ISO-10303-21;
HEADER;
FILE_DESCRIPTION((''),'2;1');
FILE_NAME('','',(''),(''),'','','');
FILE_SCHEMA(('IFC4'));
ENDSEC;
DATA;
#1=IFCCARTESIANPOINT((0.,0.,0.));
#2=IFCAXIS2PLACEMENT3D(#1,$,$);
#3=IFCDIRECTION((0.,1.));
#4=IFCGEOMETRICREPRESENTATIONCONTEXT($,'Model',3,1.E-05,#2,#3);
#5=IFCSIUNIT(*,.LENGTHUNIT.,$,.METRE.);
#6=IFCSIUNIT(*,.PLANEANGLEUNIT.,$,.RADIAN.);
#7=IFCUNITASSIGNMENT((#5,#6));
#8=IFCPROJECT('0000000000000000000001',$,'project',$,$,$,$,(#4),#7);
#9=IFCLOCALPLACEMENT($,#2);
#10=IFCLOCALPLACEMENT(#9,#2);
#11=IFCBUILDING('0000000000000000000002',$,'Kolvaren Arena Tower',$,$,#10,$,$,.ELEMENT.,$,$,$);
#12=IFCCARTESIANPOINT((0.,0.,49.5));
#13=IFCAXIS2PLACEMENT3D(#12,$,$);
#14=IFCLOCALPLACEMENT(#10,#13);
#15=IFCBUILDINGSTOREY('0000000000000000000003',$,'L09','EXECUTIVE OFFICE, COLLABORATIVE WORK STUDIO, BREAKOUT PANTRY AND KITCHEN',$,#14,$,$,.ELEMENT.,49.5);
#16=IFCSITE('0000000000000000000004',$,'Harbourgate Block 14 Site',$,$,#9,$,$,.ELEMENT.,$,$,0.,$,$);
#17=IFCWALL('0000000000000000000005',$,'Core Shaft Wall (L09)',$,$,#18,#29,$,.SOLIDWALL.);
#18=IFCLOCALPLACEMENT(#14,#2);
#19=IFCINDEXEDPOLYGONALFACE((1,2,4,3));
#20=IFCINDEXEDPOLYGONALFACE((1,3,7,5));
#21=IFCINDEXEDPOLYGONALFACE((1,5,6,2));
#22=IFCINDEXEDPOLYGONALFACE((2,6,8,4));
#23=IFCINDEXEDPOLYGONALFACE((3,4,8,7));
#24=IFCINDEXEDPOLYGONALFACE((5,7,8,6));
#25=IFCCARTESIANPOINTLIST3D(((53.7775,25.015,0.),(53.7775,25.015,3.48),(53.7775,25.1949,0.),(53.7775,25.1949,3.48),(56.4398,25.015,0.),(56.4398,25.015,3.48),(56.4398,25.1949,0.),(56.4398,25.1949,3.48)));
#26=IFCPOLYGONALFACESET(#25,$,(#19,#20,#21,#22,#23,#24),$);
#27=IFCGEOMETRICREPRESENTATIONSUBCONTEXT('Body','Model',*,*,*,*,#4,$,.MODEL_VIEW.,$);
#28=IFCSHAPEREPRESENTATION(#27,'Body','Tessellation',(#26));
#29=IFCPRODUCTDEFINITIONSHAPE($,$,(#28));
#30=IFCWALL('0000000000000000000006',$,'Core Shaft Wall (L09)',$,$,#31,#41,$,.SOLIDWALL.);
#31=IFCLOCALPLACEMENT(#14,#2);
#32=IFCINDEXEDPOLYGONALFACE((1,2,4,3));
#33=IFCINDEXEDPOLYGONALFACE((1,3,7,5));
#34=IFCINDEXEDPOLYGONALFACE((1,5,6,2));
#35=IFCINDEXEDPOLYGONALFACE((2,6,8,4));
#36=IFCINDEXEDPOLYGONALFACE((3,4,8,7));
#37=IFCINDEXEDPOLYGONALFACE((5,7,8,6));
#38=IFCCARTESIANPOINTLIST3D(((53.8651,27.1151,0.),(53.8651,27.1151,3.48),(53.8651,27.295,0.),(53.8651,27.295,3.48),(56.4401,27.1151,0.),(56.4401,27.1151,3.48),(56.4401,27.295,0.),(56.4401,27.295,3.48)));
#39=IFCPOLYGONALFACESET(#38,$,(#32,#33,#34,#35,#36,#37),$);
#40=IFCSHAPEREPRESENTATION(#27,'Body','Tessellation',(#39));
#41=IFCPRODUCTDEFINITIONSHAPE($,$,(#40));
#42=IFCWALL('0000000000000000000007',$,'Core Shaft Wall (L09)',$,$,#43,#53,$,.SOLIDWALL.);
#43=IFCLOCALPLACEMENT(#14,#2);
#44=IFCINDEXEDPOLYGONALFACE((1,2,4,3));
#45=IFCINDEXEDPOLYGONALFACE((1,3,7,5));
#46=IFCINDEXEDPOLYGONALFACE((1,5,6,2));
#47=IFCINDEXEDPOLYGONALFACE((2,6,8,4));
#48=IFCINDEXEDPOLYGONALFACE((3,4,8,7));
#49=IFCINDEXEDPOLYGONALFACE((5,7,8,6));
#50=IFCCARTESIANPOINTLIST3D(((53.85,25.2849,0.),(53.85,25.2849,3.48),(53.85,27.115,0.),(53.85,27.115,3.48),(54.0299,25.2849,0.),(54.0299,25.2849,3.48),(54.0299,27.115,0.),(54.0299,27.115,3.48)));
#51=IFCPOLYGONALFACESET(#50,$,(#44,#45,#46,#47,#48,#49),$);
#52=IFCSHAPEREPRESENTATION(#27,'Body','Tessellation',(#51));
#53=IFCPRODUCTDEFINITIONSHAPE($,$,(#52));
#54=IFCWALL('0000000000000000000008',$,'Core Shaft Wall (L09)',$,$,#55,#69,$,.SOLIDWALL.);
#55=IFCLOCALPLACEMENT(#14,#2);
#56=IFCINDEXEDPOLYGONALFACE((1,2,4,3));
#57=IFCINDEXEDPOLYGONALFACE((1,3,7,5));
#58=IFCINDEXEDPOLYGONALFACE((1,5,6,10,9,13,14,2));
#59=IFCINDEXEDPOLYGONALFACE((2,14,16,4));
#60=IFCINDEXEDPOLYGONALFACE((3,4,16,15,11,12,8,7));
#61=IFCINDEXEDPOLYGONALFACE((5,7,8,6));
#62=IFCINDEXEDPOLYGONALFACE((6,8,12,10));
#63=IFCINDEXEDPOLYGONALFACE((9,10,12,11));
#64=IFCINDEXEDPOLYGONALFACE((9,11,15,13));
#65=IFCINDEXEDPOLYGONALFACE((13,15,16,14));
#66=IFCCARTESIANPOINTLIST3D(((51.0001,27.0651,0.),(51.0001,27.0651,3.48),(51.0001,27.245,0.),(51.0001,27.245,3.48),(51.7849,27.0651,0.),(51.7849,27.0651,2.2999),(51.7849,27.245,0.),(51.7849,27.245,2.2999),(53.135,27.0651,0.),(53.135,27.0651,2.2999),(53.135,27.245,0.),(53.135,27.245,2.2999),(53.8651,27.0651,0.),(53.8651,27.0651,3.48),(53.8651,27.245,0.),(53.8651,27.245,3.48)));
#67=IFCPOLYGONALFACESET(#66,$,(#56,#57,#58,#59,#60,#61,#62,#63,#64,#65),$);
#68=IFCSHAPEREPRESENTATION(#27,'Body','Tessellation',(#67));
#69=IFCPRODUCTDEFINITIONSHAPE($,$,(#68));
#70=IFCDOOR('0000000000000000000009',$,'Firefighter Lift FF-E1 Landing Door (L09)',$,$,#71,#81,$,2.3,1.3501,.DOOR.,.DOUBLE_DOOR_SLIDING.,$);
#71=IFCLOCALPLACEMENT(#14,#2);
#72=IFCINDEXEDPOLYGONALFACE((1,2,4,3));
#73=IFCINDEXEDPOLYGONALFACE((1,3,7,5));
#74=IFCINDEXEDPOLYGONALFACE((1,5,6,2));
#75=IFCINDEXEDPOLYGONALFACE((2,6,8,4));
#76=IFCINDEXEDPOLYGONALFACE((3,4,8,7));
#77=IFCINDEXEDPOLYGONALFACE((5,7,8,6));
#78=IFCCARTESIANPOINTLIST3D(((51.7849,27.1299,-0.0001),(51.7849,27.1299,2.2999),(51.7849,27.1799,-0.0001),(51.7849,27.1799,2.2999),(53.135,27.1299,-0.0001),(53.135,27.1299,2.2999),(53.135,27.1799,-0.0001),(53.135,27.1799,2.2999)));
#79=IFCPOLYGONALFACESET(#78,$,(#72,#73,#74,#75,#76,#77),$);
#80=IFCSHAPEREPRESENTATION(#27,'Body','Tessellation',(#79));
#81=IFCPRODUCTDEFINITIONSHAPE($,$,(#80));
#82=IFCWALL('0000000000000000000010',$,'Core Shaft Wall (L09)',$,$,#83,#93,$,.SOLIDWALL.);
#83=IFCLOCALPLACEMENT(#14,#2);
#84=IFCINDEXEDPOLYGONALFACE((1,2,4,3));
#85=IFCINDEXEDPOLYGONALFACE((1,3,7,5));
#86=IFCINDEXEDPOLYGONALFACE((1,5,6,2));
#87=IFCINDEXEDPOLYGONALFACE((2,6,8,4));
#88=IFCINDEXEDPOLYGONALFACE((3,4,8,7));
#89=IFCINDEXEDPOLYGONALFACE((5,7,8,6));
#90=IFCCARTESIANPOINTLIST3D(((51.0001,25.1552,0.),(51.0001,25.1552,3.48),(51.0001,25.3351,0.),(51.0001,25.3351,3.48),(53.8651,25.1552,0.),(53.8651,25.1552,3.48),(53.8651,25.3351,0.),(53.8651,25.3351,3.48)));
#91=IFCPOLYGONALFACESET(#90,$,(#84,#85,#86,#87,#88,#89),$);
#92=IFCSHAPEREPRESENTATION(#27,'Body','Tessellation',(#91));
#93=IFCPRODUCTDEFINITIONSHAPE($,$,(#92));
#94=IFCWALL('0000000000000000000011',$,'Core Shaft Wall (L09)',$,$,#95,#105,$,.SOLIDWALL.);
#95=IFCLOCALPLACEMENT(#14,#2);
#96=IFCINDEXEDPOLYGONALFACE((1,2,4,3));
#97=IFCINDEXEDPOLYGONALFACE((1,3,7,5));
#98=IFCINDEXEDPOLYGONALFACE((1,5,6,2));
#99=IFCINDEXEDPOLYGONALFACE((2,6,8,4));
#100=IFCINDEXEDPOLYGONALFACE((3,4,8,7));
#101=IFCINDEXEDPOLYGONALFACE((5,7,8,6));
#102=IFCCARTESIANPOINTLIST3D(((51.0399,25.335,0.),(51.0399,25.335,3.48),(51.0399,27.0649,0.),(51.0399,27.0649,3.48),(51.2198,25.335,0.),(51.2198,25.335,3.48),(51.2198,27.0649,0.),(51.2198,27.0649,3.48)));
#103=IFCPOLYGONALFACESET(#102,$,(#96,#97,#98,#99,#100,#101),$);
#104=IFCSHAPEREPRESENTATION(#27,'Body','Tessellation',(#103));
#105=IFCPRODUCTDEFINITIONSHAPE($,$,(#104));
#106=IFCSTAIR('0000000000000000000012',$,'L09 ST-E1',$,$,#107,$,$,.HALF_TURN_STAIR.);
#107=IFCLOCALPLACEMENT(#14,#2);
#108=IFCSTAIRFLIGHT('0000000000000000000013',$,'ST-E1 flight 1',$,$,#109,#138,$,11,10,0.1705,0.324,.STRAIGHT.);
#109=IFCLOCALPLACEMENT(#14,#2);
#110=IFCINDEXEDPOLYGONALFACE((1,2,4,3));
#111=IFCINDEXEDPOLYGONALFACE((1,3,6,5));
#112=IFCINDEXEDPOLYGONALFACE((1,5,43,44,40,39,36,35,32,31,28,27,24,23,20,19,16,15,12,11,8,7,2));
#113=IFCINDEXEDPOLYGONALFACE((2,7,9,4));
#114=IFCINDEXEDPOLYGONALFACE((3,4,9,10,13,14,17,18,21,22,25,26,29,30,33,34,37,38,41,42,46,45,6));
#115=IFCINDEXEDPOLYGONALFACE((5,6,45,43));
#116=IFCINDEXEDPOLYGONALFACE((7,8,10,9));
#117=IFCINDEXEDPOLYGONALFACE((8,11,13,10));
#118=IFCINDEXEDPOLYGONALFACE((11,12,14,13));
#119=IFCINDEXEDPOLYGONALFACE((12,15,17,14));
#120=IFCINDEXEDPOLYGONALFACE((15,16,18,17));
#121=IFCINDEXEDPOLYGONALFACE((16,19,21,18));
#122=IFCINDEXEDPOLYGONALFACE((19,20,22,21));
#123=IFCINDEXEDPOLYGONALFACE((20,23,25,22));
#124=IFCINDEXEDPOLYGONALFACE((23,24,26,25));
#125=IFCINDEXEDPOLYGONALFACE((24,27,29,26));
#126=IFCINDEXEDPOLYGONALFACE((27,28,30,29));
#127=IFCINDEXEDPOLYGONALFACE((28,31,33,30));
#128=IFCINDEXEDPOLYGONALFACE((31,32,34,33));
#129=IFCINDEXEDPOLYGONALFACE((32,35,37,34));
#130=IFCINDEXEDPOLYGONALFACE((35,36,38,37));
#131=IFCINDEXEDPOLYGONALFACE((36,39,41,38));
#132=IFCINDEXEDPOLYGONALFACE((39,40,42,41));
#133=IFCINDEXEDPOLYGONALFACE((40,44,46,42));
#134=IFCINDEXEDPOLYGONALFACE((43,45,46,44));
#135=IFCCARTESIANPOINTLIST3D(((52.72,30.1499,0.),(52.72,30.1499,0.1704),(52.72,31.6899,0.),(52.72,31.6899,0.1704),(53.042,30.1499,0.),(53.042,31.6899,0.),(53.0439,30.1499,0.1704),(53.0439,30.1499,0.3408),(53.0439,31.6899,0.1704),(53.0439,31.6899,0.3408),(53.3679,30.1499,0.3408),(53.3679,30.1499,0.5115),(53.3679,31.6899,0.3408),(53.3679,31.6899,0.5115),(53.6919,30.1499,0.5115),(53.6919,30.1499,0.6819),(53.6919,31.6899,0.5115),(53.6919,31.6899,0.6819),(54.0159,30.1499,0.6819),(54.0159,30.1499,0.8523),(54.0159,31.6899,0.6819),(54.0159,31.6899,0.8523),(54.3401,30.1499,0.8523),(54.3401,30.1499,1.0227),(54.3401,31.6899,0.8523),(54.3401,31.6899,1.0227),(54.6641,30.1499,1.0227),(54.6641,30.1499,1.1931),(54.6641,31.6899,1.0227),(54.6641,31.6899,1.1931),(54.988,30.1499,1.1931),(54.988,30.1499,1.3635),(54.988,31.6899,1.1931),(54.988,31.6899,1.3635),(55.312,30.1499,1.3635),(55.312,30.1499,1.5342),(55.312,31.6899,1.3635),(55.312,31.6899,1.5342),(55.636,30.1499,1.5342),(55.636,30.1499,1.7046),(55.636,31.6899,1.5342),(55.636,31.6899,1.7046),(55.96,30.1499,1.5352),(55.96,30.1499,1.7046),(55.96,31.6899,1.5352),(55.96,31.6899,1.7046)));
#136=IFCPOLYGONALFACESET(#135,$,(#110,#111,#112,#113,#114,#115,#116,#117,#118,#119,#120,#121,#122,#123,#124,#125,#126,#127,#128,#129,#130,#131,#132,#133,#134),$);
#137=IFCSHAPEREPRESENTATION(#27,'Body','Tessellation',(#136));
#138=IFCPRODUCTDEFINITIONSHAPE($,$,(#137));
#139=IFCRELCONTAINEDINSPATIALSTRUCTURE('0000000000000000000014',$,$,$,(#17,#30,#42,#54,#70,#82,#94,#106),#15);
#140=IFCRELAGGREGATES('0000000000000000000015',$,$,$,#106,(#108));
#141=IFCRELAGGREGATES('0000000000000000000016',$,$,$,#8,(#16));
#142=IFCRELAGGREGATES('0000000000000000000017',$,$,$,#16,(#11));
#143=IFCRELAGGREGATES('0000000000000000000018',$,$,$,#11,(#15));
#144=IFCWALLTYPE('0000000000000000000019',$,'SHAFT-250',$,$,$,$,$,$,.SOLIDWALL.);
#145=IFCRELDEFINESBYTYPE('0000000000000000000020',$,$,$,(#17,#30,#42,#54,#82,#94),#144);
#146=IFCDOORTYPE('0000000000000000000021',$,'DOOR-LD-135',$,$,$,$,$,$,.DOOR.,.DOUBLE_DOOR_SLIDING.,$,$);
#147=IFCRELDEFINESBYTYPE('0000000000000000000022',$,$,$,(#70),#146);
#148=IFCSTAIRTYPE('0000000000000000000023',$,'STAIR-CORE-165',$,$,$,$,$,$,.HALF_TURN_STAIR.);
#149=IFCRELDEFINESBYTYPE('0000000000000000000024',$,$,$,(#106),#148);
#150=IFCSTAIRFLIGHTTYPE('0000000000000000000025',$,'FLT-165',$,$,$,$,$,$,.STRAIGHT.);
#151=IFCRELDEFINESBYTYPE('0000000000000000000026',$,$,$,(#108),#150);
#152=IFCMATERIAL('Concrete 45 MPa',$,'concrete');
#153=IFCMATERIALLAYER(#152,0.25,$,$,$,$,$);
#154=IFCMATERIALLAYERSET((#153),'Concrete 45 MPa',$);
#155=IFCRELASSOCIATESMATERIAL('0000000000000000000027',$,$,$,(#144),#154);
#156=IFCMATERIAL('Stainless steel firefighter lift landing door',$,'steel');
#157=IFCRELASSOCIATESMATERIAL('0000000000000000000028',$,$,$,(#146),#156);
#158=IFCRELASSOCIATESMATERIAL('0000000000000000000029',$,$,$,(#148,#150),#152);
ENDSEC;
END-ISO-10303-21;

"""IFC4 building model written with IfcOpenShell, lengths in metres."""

from ifc_helpers import new_model, si_unit, direction, frame, frame_2d, origin, place, context, subcontext, project, spatial, polyline, rectangle, outline, extrude, material, layer, layer_set, type_object, element, fill, aggregate, save


model = new_model("IFC4")

# Units and contexts
model_context = context("Model", 3, precision=1e-05, world=origin(), true_north=direction((0.0, 1.0)))
body_context = subcontext(model_context, "Body", "Model", "MODEL_VIEW")
ifc_project = project(units=[si_unit("LENGTHUNIT", "METRE"), si_unit("PLANEANGLEUNIT", "RADIAN")], contexts=[model_context])

# Site, building, storey
site_placement = place(None, origin())
site = spatial("IfcSite", under=ifc_project, at=site_placement, Name="Harbourgate Block 14 Site", CompositionType="ELEMENT", RefElevation=0.0)
building_placement = place(site_placement, origin())
building = spatial("IfcBuilding", under=site, at=building_placement, Name="Kolvaren Arena Tower", CompositionType="ELEMENT")
storey_placement = place(building_placement, frame((0.0, 0.0, 49.5)))
storey = spatial("IfcBuildingStorey", under=building, at=storey_placement, Name="L09", Description="EXECUTIVE OFFICE, COLLABORATIVE WORK STUDIO, BREAKOUT PANTRY AND KITCHEN", CompositionType="ELEMENT", Elevation=49.5)

# Walls
ifc_material_1 = material(Name="Concrete 45 MPa", Category="concrete")
ifc_layer = layer(ifc_material_1, 0.25)
ifc_layer_set = layer_set([ifc_layer], Name="Concrete 45 MPa")
wall_type = type_object("IfcWallType", Name="SHAFT-250", PredefinedType="SOLIDWALL", material=ifc_layer_set)
wall_1_placement = place(storey_placement, frame((53.7776, 25.105, 0.0), z_axis=(0.0, 0.0, 1.0), x_axis=(1.0, 0.0, 0.0)))
element("IfcWall", 1, at=wall_1_placement, inside=storey, type_object=wall_type, Name="Core Shaft Wall (L09)", PredefinedType="SOLIDWALL", context=body_context, shape_type="SweptSolid", body=[
    extrude(rectangle(XDim=2.6624, YDim=0.1799, at=frame_2d((1.3311, 0.0))), origin(), (0.0, 0.0, 1.0), 3.48),
])
wall_2_placement = place(storey_placement, frame((53.865, 27.2051, 0.0), z_axis=(0.0, 0.0, 1.0), x_axis=(1.0, 0.0, 0.0)))
element("IfcWall", 2, at=wall_2_placement, inside=storey, type_object=wall_type, Name="Core Shaft Wall (L09)", PredefinedType="SOLIDWALL", context=body_context, shape_type="SweptSolid", body=[
    extrude(rectangle(XDim=2.575, YDim=0.1799, at=frame_2d((1.2876, 0.0))), origin(), (0.0, 0.0, 1.0), 3.48),
])
wall_3_placement = place(storey_placement, frame((53.9399, 25.2849, 0.0), z_axis=(0.0, 0.0, 1.0), x_axis=(0.0, 1.0, 0.0)))
element("IfcWall", 3, at=wall_3_placement, inside=storey, type_object=wall_type, Name="Core Shaft Wall (L09)", PredefinedType="SOLIDWALL", context=body_context, shape_type="SweptSolid", body=[
    extrude(rectangle(XDim=1.8301, YDim=0.1799, at=frame_2d((0.915, 0.0))), origin(), (0.0, 0.0, 1.0), 3.48),
])

# Wall, opening, door
wall_4_placement = place(storey_placement, frame((51.0, 27.155, 0.0), z_axis=(0.0, 0.0, 1.0), x_axis=(1.0, 0.0, 0.0)))
wall_4 = element("IfcWall", 4, at=wall_4_placement, inside=storey, type_object=wall_type, Name="Core Shaft Wall (L09)", PredefinedType="SOLIDWALL", context=body_context, shape_type="SweptSolid", body=[
    extrude(rectangle(XDim=2.865, YDim=0.1799, at=frame_2d((1.4326, 0.0))), origin(), (0.0, 0.0, 1.0), 3.48),
])
opening_placement = place(wall_4_placement, frame((0.7849, 0.0, 0.0)))
opening = element("IfcOpeningElement", 5, at=opening_placement, cuts=wall_4, PredefinedType="OPENING", context=body_context, shape_type="SweptSolid", body=[
    extrude(rectangle(XDim=1.3501, YDim=2.3, at=frame_2d((0.675, 1.1499))), frame((0.0, 0.0999, 0.0), z_axis=(0.0, -1.0, 0.0), x_axis=(1.0, 0.0, 0.0)), (0.0, 0.0, 1.0), 0.2),
])
ifc_material_2 = material(Name="Stainless steel firefighter lift landing door", Category="steel")
door_type = type_object("IfcDoorType", Name="DOOR-LD-135", OperationType="DOUBLE_DOOR_SLIDING", PredefinedType="DOOR", material=ifc_material_2)
door_placement = place(opening_placement, origin())
door = element("IfcDoor", 6, at=door_placement, inside=storey, type_object=door_type, Name="Firefighter Lift FF-E1 Landing Door (L09)", OperationType="DOUBLE_DOOR_SLIDING", OverallHeight=2.3, OverallWidth=1.3501, PredefinedType="DOOR", context=body_context, shape_type="SweptSolid", body=[
    extrude(rectangle(XDim=1.3501, YDim=2.3, at=frame_2d((0.675, 1.1499))), frame((0.0, 0.0249, 0.0), z_axis=(0.0, -1.0, 0.0), x_axis=(1.0, 0.0, 0.0)), (0.0, 0.0, 1.0), 0.05),
])
fill(opening, door)

# Walls
wall_5_placement = place(storey_placement, frame((51.0, 25.2451, 0.0), z_axis=(0.0, 0.0, 1.0), x_axis=(1.0, 0.0, 0.0)))
element("IfcWall", 7, at=wall_5_placement, inside=storey, type_object=wall_type, Name="Core Shaft Wall (L09)", PredefinedType="SOLIDWALL", context=body_context, shape_type="SweptSolid", body=[
    extrude(rectangle(XDim=2.865, YDim=0.1799, at=frame_2d((1.4326, 0.0))), origin(), (0.0, 0.0, 1.0), 3.48),
])
wall_6_placement = place(storey_placement, frame((51.1299, 25.335, 0.0), z_axis=(0.0, 0.0, 1.0), x_axis=(0.0, 1.0, 0.0)))
element("IfcWall", 8, at=wall_6_placement, inside=storey, type_object=wall_type, Name="Core Shaft Wall (L09)", PredefinedType="SOLIDWALL", context=body_context, shape_type="SweptSolid", body=[
    extrude(rectangle(XDim=1.73, YDim=0.1799, at=frame_2d((0.865, 0.0))), origin(), (0.0, 0.0, 1.0), 3.48),
])

# Stair, stair flight
stair_type = type_object("IfcStairType", Name="STAIR-CORE-165", PredefinedType="HALF_TURN_STAIR", material=ifc_material_1)
stair_placement = place(storey_placement, origin())
stair = element("IfcStair", 9, at=stair_placement, inside=storey, type_object=stair_type, Name="L09 ST-E1", PredefinedType="HALF_TURN_STAIR")
stair_flight_type = type_object("IfcStairFlightType", Name="FLT-165", PredefinedType="STRAIGHT", material=ifc_material_1)
stair_flight_placement = place(storey_placement, frame((52.72, 30.9199, 0.0), z_axis=(0.0, 0.0, 1.0), x_axis=(1.0, 0.0, 0.0)))
stair_flight = element("IfcStairFlight", 10, at=stair_flight_placement, type_object=stair_flight_type, Name="ST-E1 flight 1", NumberOfRisers=11, NumberOfTreads=10, PredefinedType="STRAIGHT", RiserHeight=0.1705, TreadLength=0.324, context=body_context, shape_type="SweptSolid", body=[
    extrude(outline(polyline([(0.0, 0.0), (0.0, 0.1704), (0.324, 0.1704), (0.324, 0.3408), (0.6479, 0.3408), (0.6479, 0.5115), (0.9719, 0.5115), (0.9719, 0.6819), (1.2959, 0.6819), (1.2959, 0.8523), (1.6201, 0.8523), (1.6201, 1.0227), (1.9441, 1.0227), (1.9441, 1.1931), (2.2681, 1.1931), (2.2681, 1.3635), (2.592, 1.3635), (2.592, 1.5342), (2.916, 1.5342), (2.916, 1.7046), (3.24, 1.7046), (3.24, 1.875), (3.24, 1.5352), (0.322, 0.0), (0.0, 0.0)])), frame((0.0, 0.77, 0.0), z_axis=(0.0, -1.0, 0.0), x_axis=(1.0, 0.0, 0.0)), (0.0, 0.0, 1.0), 1.54),
])
aggregate(stair, [stair_flight])

save(model, "model.ifc")
